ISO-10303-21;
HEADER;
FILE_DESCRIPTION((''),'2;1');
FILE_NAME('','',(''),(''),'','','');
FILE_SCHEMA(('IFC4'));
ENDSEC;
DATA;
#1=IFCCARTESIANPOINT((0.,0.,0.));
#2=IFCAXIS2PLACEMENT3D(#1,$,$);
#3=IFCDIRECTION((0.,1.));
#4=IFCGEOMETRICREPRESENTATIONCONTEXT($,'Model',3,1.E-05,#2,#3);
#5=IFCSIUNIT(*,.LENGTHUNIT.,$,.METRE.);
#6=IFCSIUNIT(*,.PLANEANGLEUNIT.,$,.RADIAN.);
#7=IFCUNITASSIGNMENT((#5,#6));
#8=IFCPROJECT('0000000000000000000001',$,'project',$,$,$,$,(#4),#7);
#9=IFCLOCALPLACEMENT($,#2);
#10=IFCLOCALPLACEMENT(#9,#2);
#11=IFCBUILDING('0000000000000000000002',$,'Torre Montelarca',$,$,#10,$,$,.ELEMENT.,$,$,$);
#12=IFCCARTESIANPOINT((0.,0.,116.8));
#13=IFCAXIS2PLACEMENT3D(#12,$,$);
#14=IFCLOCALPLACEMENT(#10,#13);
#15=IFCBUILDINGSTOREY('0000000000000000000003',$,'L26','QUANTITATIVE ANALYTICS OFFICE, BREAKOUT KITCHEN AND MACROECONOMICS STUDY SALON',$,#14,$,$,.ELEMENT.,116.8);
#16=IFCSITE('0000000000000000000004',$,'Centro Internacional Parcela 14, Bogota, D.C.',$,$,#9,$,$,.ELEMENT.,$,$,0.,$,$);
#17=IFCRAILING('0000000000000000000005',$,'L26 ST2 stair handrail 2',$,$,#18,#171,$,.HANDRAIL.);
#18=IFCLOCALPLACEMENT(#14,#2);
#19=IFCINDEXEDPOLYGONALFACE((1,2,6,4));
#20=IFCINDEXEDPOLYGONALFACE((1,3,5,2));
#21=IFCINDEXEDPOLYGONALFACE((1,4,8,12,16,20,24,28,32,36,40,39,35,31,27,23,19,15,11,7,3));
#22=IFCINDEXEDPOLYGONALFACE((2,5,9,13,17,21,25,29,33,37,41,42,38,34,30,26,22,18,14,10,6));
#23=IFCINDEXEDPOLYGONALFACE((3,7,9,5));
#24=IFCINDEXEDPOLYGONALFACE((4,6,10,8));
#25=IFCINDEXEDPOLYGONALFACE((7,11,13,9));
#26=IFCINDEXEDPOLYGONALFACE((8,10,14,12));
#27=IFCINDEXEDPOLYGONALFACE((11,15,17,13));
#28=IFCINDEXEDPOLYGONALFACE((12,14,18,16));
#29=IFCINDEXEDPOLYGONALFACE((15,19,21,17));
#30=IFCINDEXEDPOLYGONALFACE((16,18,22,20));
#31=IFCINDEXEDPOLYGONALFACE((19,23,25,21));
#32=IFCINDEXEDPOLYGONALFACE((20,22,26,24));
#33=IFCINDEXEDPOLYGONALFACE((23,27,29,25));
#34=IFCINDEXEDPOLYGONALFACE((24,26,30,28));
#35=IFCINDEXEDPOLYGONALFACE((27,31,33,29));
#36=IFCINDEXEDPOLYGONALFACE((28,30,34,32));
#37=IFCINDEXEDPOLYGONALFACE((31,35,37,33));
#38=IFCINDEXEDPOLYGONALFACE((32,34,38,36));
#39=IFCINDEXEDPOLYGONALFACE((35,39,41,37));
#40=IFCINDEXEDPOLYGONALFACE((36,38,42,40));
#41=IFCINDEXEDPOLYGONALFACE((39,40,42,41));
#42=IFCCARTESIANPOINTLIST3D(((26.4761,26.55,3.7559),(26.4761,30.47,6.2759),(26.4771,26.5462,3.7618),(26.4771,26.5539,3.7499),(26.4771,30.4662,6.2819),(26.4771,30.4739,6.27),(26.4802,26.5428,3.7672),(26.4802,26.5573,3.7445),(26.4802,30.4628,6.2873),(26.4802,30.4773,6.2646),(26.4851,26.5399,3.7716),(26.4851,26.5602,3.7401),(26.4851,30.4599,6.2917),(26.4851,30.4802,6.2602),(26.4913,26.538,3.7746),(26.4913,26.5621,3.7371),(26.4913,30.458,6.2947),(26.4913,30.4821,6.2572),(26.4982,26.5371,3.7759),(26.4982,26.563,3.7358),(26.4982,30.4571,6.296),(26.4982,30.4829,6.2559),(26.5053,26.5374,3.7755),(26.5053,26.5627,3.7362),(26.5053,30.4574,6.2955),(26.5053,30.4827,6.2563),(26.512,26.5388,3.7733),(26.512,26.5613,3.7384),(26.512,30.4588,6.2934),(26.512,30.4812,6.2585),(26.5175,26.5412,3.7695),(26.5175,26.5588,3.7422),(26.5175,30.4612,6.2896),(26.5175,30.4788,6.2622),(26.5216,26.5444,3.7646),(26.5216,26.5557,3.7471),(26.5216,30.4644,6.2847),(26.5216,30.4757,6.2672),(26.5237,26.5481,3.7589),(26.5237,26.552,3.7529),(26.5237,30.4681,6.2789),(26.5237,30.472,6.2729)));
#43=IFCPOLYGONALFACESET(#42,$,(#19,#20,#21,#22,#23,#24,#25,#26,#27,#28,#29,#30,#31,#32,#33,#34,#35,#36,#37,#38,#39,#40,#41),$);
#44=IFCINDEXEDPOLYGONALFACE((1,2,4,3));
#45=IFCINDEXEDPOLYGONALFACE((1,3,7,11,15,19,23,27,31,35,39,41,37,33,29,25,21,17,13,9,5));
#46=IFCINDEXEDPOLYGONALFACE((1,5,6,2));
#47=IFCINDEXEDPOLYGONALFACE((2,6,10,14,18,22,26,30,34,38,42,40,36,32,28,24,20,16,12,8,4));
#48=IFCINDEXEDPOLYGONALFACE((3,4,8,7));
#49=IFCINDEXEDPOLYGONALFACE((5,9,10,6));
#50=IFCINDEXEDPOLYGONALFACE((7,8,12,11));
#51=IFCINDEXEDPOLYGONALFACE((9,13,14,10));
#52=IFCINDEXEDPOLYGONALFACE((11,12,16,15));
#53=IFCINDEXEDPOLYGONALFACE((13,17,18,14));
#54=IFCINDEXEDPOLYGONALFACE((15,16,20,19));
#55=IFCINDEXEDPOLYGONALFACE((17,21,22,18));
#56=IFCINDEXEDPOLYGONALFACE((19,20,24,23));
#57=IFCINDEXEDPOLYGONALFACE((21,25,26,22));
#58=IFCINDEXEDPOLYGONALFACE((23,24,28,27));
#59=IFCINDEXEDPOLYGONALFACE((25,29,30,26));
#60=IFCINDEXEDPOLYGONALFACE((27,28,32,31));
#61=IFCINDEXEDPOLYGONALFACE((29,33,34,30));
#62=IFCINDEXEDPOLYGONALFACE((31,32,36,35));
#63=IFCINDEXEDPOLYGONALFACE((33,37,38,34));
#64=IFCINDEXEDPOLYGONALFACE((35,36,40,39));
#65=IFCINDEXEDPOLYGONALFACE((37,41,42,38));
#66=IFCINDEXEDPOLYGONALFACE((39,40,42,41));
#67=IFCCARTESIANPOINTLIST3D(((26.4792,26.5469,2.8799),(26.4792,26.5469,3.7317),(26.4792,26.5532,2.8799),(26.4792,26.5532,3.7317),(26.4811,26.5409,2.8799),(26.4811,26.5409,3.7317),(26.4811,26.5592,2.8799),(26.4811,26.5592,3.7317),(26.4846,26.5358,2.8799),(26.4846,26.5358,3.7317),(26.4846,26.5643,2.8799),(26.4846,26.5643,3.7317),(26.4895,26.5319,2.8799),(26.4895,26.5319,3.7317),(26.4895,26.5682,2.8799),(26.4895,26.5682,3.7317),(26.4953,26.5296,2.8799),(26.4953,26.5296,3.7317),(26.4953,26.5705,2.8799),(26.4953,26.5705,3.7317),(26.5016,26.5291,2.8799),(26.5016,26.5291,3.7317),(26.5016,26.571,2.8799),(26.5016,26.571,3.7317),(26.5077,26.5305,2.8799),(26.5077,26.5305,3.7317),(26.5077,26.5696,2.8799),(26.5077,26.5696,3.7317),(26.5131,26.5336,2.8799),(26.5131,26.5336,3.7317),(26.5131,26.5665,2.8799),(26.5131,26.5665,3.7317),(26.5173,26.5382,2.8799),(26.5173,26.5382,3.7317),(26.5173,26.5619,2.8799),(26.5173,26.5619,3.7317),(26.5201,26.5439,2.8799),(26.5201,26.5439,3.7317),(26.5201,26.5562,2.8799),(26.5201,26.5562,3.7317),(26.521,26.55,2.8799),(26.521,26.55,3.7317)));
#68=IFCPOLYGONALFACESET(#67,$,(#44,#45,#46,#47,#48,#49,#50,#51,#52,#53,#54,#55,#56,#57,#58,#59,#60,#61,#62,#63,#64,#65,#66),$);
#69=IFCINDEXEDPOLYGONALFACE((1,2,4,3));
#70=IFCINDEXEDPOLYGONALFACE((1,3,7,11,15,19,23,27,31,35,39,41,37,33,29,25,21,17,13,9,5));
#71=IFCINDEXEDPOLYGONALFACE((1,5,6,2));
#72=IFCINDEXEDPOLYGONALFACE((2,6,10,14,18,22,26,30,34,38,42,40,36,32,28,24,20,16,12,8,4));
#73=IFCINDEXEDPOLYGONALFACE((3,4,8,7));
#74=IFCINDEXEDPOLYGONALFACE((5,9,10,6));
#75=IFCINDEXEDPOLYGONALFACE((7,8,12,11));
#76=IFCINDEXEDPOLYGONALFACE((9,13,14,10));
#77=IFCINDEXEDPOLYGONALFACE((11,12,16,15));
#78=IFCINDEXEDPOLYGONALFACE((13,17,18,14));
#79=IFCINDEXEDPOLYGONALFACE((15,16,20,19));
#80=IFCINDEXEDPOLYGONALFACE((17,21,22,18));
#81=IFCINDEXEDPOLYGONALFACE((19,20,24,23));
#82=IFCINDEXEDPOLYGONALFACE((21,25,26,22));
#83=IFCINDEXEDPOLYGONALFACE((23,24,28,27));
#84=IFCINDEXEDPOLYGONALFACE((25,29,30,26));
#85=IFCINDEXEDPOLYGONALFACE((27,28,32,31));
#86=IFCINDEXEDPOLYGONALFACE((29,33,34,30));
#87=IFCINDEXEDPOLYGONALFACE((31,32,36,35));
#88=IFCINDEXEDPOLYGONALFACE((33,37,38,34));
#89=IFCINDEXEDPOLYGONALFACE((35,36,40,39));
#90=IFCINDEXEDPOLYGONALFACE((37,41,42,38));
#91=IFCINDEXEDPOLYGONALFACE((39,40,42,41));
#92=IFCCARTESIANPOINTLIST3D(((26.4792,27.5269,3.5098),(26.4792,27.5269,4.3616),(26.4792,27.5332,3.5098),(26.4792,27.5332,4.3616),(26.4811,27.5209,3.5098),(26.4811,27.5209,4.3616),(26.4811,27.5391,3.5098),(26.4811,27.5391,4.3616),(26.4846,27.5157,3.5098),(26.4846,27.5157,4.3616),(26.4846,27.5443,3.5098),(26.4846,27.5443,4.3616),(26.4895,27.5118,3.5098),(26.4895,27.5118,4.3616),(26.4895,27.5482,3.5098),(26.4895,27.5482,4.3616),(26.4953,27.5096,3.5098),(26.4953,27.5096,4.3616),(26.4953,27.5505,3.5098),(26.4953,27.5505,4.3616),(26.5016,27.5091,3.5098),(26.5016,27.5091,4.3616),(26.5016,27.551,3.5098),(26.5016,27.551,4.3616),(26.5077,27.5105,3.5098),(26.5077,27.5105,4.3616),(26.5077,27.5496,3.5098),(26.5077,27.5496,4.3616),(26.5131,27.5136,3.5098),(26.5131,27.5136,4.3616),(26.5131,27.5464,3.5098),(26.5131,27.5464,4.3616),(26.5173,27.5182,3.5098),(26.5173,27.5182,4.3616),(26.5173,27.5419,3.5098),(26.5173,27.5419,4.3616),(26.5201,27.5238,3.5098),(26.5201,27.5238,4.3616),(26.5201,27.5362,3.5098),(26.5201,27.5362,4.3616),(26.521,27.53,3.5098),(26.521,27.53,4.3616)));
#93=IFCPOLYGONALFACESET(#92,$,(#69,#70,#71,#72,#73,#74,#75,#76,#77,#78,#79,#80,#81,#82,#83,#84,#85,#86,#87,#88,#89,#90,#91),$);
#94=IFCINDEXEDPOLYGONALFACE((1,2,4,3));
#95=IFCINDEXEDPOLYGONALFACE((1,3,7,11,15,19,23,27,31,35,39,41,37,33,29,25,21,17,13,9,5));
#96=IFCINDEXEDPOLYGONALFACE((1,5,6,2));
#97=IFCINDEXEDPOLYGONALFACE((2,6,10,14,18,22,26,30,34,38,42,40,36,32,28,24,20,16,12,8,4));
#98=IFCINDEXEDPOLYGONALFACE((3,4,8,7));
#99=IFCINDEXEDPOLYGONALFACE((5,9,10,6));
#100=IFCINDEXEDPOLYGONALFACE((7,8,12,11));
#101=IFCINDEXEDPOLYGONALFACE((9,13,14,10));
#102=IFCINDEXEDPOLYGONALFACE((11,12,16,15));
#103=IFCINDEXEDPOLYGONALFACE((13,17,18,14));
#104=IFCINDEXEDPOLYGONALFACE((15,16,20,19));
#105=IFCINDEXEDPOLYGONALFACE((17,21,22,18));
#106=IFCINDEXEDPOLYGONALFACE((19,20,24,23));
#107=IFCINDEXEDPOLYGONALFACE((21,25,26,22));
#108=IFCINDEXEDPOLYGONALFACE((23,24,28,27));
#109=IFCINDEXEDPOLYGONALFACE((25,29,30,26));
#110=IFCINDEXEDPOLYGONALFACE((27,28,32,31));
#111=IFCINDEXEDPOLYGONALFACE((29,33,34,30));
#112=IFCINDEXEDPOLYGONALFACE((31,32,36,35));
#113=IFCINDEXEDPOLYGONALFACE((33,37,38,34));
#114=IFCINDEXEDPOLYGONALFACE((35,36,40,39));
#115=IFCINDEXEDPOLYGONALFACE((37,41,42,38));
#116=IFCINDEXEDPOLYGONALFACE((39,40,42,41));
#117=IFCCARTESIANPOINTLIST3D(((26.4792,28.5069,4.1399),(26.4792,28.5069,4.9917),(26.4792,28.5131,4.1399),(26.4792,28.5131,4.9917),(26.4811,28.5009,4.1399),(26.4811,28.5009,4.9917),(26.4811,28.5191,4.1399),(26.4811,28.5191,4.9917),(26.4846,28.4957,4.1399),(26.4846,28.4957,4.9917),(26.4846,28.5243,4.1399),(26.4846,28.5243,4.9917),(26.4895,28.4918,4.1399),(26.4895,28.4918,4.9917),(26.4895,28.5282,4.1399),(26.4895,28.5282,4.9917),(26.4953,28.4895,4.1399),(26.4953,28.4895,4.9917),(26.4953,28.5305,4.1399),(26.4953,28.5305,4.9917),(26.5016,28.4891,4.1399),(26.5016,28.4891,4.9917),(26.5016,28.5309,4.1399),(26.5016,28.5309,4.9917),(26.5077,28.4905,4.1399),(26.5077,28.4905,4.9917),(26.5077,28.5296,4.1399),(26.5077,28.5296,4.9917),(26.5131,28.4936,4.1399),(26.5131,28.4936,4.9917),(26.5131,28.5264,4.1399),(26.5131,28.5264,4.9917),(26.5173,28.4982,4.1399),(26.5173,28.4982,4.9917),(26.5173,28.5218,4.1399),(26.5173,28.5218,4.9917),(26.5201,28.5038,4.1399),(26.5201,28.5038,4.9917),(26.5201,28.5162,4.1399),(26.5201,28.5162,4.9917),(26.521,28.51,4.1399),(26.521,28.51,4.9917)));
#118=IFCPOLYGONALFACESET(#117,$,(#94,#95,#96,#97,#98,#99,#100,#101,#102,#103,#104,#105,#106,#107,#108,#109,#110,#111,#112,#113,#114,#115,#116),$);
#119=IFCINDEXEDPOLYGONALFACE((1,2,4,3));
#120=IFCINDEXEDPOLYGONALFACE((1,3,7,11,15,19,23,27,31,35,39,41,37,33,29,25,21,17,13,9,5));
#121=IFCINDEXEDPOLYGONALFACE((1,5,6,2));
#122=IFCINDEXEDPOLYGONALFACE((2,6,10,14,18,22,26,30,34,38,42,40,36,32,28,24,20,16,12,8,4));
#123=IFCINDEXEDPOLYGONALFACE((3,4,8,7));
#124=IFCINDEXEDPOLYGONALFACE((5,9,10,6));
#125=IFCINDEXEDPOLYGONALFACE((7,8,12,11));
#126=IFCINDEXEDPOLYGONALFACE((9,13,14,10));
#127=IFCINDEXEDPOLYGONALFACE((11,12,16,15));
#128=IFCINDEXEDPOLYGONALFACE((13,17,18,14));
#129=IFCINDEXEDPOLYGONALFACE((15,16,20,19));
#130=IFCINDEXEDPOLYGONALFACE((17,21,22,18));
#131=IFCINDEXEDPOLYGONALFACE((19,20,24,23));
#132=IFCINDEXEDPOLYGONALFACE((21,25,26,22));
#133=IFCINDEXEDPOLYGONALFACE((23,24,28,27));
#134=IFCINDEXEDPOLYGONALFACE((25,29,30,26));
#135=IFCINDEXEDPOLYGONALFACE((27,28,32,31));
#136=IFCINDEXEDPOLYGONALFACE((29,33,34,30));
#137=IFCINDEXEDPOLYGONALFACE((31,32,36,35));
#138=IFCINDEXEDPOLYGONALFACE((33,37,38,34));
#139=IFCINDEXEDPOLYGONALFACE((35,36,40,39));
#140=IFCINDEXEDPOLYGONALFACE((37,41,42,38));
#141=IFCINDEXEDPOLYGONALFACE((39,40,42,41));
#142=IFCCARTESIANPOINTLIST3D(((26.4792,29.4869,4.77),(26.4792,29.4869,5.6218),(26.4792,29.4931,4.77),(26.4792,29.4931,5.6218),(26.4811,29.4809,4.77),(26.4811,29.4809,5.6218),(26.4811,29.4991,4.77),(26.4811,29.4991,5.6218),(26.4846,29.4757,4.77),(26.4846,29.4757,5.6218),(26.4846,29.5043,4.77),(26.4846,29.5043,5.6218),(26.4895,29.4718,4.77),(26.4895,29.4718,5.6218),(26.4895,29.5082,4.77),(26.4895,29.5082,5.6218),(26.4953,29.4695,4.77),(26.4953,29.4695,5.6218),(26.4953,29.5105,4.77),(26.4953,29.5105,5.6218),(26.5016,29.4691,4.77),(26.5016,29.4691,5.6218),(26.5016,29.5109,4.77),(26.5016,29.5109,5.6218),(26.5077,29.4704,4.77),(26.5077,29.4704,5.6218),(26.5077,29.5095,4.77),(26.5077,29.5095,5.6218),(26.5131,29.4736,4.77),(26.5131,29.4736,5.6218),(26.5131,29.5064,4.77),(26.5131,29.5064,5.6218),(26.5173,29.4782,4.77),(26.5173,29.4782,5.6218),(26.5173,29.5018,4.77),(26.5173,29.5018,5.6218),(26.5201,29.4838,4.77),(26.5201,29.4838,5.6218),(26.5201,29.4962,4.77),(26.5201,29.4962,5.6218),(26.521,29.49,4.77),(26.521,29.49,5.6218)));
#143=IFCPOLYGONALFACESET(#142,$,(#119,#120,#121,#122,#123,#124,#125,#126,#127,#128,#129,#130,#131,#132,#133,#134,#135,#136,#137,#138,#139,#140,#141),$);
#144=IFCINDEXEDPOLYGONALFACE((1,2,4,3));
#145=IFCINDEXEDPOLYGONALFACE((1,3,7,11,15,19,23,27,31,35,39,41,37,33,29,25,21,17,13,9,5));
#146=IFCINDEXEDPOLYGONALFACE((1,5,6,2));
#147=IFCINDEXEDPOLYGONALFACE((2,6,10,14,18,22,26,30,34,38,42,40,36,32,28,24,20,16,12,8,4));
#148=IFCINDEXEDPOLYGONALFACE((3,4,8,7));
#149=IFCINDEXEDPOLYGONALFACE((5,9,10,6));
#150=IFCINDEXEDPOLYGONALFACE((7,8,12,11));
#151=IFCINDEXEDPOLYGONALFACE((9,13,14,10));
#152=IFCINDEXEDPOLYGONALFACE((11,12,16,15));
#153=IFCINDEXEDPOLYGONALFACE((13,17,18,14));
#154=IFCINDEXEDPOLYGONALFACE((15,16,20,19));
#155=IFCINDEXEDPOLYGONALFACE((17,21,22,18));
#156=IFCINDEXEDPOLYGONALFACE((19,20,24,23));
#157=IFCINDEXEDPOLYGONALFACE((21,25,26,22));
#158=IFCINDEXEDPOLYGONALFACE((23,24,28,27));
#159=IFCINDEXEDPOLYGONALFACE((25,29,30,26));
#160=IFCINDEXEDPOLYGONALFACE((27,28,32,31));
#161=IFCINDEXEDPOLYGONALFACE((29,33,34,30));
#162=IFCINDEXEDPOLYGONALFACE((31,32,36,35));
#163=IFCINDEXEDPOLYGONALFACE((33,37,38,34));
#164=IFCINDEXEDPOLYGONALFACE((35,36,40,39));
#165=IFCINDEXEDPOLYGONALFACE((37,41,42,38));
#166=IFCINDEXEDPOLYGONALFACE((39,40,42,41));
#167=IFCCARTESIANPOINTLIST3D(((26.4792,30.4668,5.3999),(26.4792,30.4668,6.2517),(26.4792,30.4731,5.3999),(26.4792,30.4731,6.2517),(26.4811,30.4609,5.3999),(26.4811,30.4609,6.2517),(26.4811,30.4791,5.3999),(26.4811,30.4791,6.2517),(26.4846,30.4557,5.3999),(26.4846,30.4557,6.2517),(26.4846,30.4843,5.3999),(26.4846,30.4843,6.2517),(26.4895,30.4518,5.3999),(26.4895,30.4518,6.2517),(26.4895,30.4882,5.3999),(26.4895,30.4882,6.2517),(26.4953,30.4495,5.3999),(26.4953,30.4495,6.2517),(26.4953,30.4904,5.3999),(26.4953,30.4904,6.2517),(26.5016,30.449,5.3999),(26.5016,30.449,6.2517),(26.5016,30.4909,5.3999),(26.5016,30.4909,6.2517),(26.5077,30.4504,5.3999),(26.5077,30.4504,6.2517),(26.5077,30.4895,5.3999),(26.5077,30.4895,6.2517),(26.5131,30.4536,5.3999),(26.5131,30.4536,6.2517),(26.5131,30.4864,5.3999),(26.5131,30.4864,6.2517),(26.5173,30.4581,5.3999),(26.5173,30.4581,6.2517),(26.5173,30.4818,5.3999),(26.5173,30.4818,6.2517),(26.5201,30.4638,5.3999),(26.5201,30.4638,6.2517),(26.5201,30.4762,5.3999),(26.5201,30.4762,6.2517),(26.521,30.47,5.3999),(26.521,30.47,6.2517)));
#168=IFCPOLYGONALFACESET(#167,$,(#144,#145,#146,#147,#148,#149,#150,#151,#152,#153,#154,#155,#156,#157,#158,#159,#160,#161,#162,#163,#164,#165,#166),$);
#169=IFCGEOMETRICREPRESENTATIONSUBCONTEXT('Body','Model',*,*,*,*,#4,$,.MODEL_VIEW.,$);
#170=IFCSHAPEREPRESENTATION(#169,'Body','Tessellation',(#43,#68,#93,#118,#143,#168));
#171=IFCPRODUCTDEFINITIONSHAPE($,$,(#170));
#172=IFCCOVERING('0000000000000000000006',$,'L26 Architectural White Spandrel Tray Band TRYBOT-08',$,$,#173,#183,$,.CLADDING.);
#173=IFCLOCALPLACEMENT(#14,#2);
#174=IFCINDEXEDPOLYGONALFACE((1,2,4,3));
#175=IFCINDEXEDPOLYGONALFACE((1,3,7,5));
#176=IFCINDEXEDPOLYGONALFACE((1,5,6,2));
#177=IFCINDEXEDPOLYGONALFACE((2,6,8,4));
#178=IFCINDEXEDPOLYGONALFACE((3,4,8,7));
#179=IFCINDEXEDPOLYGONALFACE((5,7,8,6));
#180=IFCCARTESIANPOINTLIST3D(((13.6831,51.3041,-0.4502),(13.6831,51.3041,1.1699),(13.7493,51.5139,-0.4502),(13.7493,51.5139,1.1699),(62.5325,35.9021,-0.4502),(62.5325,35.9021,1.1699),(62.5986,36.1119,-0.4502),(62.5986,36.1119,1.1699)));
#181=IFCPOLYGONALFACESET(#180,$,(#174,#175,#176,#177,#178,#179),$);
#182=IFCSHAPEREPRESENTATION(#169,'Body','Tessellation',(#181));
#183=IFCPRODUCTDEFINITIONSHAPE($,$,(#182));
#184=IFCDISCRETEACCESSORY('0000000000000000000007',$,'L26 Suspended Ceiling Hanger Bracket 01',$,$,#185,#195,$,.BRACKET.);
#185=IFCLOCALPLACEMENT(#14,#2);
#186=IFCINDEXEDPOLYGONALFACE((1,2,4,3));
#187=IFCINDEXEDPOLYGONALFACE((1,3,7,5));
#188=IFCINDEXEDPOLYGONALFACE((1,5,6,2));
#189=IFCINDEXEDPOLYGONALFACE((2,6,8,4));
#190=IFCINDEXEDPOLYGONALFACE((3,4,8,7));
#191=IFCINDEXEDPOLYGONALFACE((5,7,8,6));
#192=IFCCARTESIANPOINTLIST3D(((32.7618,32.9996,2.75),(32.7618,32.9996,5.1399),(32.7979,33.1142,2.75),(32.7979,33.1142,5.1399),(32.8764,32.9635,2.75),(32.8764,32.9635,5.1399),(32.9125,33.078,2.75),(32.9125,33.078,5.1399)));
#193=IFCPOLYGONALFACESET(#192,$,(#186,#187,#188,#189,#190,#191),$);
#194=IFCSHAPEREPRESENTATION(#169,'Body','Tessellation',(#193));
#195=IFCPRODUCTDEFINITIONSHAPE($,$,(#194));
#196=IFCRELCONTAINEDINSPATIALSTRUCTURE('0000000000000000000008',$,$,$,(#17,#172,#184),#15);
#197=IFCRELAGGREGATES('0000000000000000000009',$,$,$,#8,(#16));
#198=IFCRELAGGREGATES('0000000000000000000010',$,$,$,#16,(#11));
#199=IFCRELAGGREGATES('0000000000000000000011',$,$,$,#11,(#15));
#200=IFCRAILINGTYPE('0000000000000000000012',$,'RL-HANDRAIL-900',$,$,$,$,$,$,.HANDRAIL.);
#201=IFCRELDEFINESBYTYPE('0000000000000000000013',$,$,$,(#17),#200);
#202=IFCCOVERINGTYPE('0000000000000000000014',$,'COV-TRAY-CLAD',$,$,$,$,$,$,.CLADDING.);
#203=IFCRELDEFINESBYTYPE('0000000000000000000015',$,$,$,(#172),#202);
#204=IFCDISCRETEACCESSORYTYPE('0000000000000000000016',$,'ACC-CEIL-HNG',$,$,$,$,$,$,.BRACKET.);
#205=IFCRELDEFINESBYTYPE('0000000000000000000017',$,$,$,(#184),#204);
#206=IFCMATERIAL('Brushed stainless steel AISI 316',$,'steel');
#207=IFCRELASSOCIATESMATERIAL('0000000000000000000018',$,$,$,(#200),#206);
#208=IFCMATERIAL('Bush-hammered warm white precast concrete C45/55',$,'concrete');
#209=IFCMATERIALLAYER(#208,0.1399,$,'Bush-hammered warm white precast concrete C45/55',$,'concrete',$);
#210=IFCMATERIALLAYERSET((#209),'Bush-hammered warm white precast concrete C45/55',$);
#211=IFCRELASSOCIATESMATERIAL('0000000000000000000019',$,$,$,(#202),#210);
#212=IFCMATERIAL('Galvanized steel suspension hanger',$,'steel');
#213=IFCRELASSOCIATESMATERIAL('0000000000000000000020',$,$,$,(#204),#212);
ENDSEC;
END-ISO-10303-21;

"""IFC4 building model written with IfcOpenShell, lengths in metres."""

from ifc_helpers import new_model, si_unit, direction, frame, origin, origin_2d, place, context, subcontext, project, spatial, rectangle, circle, extrude, source, transform, mapped, material, layer, layer_set, type_object, element, save


model = new_model("IFC4")

# Units and contexts
model_context = context("Model", 3, precision=1e-05, world=origin(), true_north=direction((0.0, 1.0)))
body_context = subcontext(model_context, "Body", "Model", "MODEL_VIEW")
ifc_project = project(units=[si_unit("LENGTHUNIT", "METRE"), si_unit("PLANEANGLEUNIT", "RADIAN")], contexts=[model_context])

# Site, building, storey
site_placement = place(None, origin())
site = spatial("IfcSite", under=ifc_project, at=site_placement, Name="Centro Internacional Parcela 14, Bogota, D.C.", CompositionType="ELEMENT", RefElevation=0.0)
building_placement = place(site_placement, origin())
building = spatial("IfcBuilding", under=site, at=building_placement, Name="Torre Montelarca", CompositionType="ELEMENT")
storey_placement = place(building_placement, frame((0.0, 0.0, 116.8)))
storey = spatial("IfcBuildingStorey", under=building, at=storey_placement, Name="L26", Description="QUANTITATIVE ANALYTICS OFFICE, BREAKOUT KITCHEN AND MACROECONOMICS STUDY SALON", CompositionType="ELEMENT", Elevation=116.8)

# Railing
ifc_material_1 = material(Name="Brushed stainless steel AISI 316", Category="steel")
railing_type_1 = type_object("IfcRailingType", Name="RL-HANDRAIL-900", PredefinedType="HANDRAIL", material=ifc_material_1)
railing_1_placement = place(storey_placement, frame((26.5, 26.55, 2.8799)))
element("IfcRailing", 1, at=railing_1_placement, inside=storey, type_object=railing_type_1, Name="L26 ST2 stair handrail 2", PredefinedType="HANDRAIL", context=body_context, shape_type="SweptSolid", body=[
    extrude(circle(Radius=0.0239, at=origin_2d()), frame((0.0, 0.0, 0.876), z_axis=(0.0, 0.841172, 0.540768), x_axis=(-1.0, 0.0, 0.0)), (0.0, 0.0, 1.0), 4.6602),
    extrude(circle(Radius=0.021, at=origin_2d()), origin(), (0.0, 0.0, 1.0), 0.8518),
    extrude(circle(Radius=0.021, at=origin_2d()), frame((0.0, 0.98, 0.6299)), (0.0, 0.0, 1.0), 0.8518),
    extrude(circle(Radius=0.021, at=origin_2d()), frame((0.0, 1.96, 1.26)), (0.0, 0.0, 1.0), 0.8518),
    extrude(circle(Radius=0.021, at=origin_2d()), frame((0.0, 2.9399, 1.8901)), (0.0, 0.0, 1.0), 0.8518),
    extrude(circle(Radius=0.021, at=origin_2d()), frame((0.0, 3.9199, 2.52)), (0.0, 0.0, 1.0), 0.8518),
])

# Covering
ifc_material_2 = material(Name="Bush-hammered warm white precast concrete C45/55", Category="concrete")
ifc_layer_1 = layer(ifc_material_2, 0.1399, Name="Bush-hammered warm white precast concrete C45/55", Category="concrete")
ifc_layer_set_1 = layer_set([ifc_layer_1], Name="Bush-hammered warm white precast concrete C45/55")
covering_type = type_object("IfcCoveringType", Name="COV-TRAY-CLAD", PredefinedType="CLADDING", material=ifc_layer_set_1)
shared_shape_1 = source(origin(), body_context, "Body", "SweptSolid", [
    extrude(rectangle(XDim=51.22, YDim=0.22, at=origin_2d()), origin(), (0.0, 0.0, 1.0), 1.6201),
])
covering_placement = place(storey_placement, frame((38.1409, 43.708, -0.4502), z_axis=(0.0, 0.0, 1.0), x_axis=(-0.953717, 0.300704, 0.0)))
element("IfcCovering", 2, at=covering_placement, inside=storey, type_object=covering_type, Name="L26 Architectural White Spandrel Tray Band TRYBOT-08", PredefinedType="CLADDING", context=body_context, shape_type="MappedRepresentation", body=[
    mapped(shared_shape_1, transform((0.0, 0.0, 0.0), scale=1.0)),
])

# Discrete accessory
ifc_material_3 = material(Name="Galvanized steel suspension hanger", Category="steel")
discrete_accessory_type = type_object("IfcDiscreteAccessoryType", Name="ACC-CEIL-HNG", PredefinedType="BRACKET", material=ifc_material_3)
shared_shape_2 = source(origin(), body_context, "Body", "SweptSolid", [
    extrude(rectangle(XDim=0.1201, YDim=0.1201, at=origin_2d()), origin(), (0.0, 0.0, 1.0), 2.3899),
])
discrete_accessory_placement = place(storey_placement, frame((32.8372, 33.0388, 2.75), z_axis=(0.0, 0.0, 1.0), x_axis=(-0.953717, 0.300706, 0.0)))
element("IfcDiscreteAccessory", 3, at=discrete_accessory_placement, inside=storey, type_object=discrete_accessory_type, Name="L26 Suspended Ceiling Hanger Bracket 01", PredefinedType="BRACKET", context=body_context, shape_type="MappedRepresentation", body=[
    mapped(shared_shape_2, transform((0.0, 0.0, 0.0), scale=1.0)),
])

save(model, "model.ifc")
